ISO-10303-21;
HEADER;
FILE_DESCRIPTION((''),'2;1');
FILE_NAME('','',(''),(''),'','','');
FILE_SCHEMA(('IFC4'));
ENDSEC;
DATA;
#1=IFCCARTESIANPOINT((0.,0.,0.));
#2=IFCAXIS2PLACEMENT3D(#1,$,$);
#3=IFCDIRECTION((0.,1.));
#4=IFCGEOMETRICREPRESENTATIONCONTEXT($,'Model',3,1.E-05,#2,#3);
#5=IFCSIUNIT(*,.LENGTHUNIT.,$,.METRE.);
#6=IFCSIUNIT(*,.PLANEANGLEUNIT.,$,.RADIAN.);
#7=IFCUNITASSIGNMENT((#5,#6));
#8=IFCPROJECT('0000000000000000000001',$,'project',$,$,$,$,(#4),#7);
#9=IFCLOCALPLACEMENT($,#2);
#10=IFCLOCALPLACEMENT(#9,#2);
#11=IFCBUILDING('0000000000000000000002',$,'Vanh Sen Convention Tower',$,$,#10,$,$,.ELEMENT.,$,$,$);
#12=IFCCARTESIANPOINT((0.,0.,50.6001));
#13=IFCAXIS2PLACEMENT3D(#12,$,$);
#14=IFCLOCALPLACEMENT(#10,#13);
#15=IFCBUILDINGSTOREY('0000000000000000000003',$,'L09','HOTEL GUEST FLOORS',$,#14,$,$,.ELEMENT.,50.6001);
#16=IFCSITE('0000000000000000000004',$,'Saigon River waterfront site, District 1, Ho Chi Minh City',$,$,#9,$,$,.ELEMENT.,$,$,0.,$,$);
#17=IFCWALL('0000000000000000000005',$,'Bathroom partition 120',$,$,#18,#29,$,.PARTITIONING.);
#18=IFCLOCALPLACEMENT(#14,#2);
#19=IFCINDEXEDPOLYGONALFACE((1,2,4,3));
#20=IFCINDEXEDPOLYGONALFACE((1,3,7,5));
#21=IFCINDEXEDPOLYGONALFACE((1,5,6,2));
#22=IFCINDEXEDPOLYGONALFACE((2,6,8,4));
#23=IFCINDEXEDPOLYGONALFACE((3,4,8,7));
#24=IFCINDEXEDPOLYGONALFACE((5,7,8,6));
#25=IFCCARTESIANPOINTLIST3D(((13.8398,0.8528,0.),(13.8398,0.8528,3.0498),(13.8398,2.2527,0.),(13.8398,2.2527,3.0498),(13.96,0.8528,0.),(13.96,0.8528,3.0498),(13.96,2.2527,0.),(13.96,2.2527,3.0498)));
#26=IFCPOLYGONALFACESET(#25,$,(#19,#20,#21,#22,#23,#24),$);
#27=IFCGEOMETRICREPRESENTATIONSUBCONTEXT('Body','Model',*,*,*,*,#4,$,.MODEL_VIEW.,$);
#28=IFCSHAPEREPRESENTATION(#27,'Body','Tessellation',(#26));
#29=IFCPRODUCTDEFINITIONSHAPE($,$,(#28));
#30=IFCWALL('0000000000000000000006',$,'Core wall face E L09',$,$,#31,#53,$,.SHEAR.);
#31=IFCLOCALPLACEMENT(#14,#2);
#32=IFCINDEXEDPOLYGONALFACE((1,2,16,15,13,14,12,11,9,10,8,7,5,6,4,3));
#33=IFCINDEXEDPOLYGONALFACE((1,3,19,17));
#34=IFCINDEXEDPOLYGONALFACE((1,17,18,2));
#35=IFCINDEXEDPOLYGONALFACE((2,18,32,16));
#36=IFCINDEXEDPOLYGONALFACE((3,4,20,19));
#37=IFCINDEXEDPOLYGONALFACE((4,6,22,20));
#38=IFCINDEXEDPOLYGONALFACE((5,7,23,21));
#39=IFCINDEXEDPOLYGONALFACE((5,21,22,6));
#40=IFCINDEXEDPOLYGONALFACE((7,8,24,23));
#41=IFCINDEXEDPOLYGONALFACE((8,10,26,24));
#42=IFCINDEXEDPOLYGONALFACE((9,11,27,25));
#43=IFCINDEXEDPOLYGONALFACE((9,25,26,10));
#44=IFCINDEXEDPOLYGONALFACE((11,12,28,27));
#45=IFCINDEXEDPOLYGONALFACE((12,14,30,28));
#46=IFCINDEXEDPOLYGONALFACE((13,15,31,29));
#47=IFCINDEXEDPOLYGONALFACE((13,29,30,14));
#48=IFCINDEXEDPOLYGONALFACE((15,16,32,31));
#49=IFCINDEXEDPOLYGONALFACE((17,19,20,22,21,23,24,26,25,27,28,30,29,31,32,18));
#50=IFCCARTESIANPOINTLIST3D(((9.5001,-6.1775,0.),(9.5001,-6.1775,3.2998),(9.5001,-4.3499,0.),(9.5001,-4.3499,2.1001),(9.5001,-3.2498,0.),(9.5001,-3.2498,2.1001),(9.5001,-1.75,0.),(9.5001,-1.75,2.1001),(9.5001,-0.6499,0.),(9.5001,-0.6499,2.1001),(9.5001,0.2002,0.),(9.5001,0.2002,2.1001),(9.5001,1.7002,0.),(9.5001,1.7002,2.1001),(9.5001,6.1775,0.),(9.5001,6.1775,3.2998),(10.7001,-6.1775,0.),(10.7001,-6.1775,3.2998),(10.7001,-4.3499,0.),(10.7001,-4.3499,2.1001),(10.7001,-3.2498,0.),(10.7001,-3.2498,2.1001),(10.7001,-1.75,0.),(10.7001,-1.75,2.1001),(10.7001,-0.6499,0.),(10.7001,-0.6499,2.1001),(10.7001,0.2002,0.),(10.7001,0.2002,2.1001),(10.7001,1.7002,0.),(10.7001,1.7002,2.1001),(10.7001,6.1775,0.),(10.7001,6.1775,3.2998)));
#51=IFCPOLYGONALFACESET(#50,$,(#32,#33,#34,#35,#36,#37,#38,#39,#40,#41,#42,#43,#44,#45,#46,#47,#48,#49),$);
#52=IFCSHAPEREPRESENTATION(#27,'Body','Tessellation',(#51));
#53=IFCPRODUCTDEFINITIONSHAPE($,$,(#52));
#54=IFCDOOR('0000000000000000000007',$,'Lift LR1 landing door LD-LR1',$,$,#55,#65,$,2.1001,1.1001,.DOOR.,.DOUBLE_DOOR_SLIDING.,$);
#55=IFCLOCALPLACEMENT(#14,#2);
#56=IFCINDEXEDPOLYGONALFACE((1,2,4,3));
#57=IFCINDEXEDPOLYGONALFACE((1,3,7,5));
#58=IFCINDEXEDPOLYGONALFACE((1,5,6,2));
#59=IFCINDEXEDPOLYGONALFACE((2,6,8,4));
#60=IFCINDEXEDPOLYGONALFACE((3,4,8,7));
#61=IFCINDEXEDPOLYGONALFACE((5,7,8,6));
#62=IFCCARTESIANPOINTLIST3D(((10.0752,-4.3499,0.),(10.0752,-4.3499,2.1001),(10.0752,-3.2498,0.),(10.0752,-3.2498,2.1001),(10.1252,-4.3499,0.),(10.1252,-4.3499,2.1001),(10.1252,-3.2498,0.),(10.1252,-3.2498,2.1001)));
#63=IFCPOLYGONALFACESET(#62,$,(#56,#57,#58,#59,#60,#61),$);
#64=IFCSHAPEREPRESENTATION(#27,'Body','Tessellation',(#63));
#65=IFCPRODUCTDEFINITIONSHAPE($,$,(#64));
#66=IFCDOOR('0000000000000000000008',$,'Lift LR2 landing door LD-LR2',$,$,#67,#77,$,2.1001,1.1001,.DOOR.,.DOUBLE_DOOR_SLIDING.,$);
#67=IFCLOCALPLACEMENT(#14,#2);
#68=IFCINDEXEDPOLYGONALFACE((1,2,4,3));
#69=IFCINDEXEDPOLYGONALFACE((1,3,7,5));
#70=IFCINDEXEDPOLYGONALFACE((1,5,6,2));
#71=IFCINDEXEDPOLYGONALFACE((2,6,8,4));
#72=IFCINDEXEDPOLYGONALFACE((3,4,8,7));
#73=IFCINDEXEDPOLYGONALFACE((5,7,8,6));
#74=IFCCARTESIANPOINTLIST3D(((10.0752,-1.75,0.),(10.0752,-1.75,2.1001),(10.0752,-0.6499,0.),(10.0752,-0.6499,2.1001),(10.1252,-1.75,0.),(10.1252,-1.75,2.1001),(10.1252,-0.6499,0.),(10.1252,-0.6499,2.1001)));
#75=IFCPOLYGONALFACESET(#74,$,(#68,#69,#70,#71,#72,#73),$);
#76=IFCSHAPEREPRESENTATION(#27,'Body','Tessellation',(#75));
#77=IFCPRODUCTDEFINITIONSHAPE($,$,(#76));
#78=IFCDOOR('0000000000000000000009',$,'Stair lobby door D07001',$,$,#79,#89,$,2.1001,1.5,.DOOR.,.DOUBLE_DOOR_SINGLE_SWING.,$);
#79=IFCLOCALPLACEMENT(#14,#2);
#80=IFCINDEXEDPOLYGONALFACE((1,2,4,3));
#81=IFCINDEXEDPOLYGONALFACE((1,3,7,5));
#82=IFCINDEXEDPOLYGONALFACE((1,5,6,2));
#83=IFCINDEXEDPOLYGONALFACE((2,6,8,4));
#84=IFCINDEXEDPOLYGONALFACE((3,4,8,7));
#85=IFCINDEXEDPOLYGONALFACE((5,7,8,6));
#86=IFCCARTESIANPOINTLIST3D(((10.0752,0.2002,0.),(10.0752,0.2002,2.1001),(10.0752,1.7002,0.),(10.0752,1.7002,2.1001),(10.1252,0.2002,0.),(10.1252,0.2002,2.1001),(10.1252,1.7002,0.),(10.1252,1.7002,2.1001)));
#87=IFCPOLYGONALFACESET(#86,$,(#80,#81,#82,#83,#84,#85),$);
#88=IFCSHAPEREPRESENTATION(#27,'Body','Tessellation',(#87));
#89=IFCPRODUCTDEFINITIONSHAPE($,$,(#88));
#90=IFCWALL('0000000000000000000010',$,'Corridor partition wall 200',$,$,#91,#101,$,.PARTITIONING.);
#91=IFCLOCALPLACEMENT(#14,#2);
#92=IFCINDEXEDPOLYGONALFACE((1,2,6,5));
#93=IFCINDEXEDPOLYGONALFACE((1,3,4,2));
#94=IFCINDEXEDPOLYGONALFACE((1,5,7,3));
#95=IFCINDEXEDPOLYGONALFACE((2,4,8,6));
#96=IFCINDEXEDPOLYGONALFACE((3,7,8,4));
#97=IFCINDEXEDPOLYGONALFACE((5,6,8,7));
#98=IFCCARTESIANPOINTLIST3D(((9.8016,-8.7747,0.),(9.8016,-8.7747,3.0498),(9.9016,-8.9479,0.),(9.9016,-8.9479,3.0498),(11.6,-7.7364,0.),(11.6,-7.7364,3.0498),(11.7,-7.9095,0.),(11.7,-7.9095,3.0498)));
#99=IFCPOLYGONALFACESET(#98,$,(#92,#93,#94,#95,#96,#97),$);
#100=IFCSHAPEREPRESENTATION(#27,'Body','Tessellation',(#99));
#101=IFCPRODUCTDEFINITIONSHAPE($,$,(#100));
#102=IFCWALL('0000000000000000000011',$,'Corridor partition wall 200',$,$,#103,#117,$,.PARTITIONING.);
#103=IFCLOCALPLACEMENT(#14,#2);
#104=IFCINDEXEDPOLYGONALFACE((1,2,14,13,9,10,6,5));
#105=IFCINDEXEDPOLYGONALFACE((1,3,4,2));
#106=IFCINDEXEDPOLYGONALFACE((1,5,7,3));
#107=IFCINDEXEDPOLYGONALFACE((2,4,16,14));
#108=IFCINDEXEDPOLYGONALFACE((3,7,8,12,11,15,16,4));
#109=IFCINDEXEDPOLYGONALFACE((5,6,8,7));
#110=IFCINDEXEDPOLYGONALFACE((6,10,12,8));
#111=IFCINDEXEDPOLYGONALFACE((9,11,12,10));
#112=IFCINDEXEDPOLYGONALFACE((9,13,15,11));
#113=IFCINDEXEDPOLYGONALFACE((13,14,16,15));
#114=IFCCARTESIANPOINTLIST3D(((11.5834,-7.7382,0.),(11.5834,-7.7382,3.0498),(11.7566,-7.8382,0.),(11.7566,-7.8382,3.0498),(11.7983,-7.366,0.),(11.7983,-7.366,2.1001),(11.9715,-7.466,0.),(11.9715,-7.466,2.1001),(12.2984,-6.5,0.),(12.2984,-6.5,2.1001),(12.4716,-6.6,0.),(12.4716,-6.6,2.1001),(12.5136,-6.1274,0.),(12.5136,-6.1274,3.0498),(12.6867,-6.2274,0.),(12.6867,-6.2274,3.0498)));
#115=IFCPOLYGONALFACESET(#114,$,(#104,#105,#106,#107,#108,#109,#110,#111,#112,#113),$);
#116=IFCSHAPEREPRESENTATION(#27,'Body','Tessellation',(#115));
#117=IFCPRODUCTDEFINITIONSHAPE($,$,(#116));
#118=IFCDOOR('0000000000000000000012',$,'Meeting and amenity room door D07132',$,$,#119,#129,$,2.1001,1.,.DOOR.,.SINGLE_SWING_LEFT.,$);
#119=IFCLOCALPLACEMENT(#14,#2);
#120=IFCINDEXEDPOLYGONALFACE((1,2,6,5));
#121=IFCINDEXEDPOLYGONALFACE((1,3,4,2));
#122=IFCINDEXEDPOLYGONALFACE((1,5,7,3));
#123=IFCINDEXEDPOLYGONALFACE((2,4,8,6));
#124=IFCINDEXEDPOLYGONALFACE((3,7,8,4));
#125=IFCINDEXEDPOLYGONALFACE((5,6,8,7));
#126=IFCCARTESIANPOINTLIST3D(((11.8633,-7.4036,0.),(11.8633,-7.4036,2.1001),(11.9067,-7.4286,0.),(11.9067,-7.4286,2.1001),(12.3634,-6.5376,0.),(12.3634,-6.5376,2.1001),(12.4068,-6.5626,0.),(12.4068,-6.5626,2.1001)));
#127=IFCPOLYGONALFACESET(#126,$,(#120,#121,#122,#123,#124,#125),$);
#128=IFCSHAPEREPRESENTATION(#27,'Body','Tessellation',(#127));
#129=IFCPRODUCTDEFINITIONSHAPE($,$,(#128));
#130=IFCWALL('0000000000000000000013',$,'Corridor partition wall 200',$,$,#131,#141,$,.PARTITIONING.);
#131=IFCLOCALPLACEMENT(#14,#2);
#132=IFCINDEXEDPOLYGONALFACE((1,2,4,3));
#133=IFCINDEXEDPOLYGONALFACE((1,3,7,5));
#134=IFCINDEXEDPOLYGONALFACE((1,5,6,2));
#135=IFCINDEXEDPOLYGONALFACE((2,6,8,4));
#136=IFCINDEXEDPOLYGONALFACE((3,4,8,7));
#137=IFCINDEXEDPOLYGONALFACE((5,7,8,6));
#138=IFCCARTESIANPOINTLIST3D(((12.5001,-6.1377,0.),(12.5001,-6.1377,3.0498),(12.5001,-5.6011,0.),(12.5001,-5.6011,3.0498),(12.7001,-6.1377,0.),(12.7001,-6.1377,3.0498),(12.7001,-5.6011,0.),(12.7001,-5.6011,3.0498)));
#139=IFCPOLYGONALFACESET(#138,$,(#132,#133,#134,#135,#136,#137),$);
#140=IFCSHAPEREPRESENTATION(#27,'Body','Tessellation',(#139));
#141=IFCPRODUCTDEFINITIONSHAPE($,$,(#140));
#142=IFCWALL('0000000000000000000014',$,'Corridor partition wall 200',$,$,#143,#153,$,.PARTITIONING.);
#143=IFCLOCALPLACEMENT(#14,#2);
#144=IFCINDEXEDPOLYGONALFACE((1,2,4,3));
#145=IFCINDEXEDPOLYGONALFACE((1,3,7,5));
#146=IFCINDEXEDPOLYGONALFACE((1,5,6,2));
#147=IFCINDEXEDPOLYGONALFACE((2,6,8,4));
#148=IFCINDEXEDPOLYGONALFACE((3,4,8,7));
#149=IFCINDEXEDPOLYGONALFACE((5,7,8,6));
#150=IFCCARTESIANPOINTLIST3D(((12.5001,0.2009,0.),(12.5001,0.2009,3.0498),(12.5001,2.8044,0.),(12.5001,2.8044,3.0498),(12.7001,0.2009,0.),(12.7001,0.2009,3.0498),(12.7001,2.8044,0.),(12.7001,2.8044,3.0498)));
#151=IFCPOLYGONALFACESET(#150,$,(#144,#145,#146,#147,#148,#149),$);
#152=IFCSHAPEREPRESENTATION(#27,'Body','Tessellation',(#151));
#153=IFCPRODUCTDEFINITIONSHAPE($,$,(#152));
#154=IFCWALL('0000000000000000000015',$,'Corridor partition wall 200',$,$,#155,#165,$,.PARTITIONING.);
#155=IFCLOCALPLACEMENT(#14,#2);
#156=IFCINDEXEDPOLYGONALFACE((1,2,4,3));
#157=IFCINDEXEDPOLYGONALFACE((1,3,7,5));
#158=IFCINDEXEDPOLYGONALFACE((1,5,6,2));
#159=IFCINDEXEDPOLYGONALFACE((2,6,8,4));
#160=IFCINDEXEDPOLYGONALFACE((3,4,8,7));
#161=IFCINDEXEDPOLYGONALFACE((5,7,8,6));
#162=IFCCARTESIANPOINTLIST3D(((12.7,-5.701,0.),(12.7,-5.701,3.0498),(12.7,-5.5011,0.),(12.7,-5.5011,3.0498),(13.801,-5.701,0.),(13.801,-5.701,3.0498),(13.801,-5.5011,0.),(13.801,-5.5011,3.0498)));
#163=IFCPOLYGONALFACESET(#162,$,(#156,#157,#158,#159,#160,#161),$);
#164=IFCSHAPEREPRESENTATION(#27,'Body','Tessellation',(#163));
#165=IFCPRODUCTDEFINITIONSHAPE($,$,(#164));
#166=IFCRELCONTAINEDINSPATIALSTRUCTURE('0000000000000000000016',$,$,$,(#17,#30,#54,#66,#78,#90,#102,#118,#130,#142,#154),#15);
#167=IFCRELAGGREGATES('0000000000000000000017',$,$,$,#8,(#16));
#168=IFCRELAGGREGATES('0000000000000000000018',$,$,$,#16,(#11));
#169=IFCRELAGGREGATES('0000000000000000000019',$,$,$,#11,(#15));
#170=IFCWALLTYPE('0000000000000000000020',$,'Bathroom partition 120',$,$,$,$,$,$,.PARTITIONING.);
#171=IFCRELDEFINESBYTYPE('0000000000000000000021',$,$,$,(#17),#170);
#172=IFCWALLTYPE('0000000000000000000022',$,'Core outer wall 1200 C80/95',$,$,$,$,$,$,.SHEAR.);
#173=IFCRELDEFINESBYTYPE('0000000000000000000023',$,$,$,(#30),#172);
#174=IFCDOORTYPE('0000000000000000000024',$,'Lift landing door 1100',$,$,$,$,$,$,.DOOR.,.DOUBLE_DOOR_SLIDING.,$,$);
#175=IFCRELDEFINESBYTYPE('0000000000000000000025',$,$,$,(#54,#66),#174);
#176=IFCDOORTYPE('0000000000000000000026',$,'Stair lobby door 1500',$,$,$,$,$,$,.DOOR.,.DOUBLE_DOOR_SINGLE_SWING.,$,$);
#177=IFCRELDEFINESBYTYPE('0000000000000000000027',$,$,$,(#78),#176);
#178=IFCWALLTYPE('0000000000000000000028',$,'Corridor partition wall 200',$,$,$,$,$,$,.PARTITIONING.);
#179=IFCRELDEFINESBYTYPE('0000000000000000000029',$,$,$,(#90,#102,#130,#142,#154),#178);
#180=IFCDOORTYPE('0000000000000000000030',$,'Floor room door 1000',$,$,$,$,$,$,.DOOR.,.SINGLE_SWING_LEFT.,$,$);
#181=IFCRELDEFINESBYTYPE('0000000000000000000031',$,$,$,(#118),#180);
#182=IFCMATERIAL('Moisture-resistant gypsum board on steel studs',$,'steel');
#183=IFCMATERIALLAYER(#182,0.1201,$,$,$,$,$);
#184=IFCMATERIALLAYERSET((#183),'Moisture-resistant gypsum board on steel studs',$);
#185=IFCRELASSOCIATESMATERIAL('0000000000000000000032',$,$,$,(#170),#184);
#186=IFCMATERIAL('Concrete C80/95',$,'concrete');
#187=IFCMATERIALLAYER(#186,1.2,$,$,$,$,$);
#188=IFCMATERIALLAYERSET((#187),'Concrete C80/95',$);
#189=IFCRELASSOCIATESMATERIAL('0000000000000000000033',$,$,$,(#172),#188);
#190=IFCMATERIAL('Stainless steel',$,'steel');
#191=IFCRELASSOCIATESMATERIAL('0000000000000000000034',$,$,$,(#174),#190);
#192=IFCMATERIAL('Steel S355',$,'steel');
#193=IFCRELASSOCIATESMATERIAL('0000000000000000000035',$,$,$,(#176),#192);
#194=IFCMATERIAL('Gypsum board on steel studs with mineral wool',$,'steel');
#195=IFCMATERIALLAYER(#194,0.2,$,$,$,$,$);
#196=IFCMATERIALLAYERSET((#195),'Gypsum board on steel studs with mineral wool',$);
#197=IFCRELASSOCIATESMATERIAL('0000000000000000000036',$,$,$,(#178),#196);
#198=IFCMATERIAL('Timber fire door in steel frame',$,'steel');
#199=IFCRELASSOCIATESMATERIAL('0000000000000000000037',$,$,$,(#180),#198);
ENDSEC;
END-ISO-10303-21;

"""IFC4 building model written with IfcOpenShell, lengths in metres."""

from ifc_helpers import new_model, si_unit, direction, frame, frame_2d, origin, place, context, subcontext, project, spatial, rectangle, extrude, material, layer, layer_set, type_object, element, fill, save


model = new_model("IFC4")

# Units and contexts
model_context = context("Model", 3, precision=1e-05, world=origin(), true_north=direction((0.0, 1.0)))
body_context = subcontext(model_context, "Body", "Model", "MODEL_VIEW")
ifc_project = project(units=[si_unit("LENGTHUNIT", "METRE"), si_unit("PLANEANGLEUNIT", "RADIAN")], contexts=[model_context])

# Site, building, storey
site_placement = place(None, origin())
site = spatial("IfcSite", under=ifc_project, at=site_placement, Name="Saigon River waterfront site, District 1, Ho Chi Minh City", CompositionType="ELEMENT", RefElevation=0.0)
building_placement = place(site_placement, origin())
building = spatial("IfcBuilding", under=site, at=building_placement, Name="Vanh Sen Convention Tower", CompositionType="ELEMENT")
storey_placement = place(building_placement, frame((0.0, 0.0, 50.6001)))
storey = spatial("IfcBuildingStorey", under=building, at=storey_placement, Name="L09", Description="HOTEL GUEST FLOORS", CompositionType="ELEMENT", Elevation=50.6001)

# Wall
ifc_material_1 = material(Name="Moisture-resistant gypsum board on steel studs", Category="steel")
ifc_layer_1 = layer(ifc_material_1, 0.1201)
ifc_layer_set_1 = layer_set([ifc_layer_1], Name="Moisture-resistant gypsum board on steel studs")
wall_type_1 = type_object("IfcWallType", Name="Bathroom partition 120", PredefinedType="PARTITIONING", material=ifc_layer_set_1)
wall_1_placement = place(storey_placement, frame((13.8999, 0.8528, 0.0), z_axis=(0.0, 0.0, 1.0), x_axis=(0.0, 1.0, 0.0)))
element("IfcWall", 1, at=wall_1_placement, inside=storey, type_object=wall_type_1, Name="Bathroom partition 120", PredefinedType="PARTITIONING", context=body_context, shape_type="SweptSolid", body=[
    extrude(rectangle(XDim=1.3999, YDim=0.1201, at=frame_2d((0.7, 0.0))), origin(), (0.0, 0.0, 1.0), 3.0498),
])

# Wall, openings, doors
ifc_material_2 = material(Name="Concrete C80/95", Category="concrete")
ifc_layer_2 = layer(ifc_material_2, 1.2)
ifc_layer_set_2 = layer_set([ifc_layer_2], Name="Concrete C80/95")
wall_type_2 = type_object("IfcWallType", Name="Core outer wall 1200 C80/95", PredefinedType="SHEAR", material=ifc_layer_set_2)
wall_2_placement = place(storey_placement, frame((10.1001, -6.1775, 0.0), z_axis=(0.0, 0.0, 1.0), x_axis=(0.0, 1.0, 0.0)))
wall_2 = element("IfcWall", 2, at=wall_2_placement, inside=storey, type_object=wall_type_2, Name="Core wall face E L09", PredefinedType="SHEAR", context=body_context, shape_type="SweptSolid", body=[
    extrude(rectangle(XDim=12.355, YDim=1.2, at=frame_2d((6.1775, 0.0))), origin(), (0.0, 0.0, 1.0), 3.2998),
])
opening_1_placement = place(wall_2_placement, frame((6.3777, 0.0, 0.0)))
opening_1 = element("IfcOpeningElement", 3, at=opening_1_placement, cuts=wall_2, PredefinedType="OPENING", context=body_context, shape_type="SweptSolid", body=[
    extrude(rectangle(XDim=1.5, YDim=2.1001, at=frame_2d((0.75, 1.05))), frame((0.0, 0.6099, 0.0), z_axis=(0.0, -1.0, 0.0), x_axis=(1.0, 0.0, 0.0)), (0.0, 0.0, 1.0), 1.22),
])
opening_2_placement = place(wall_2_placement, frame((1.8276, 0.0, 0.0)))
opening_2 = element("IfcOpeningElement", 4, at=opening_2_placement, cuts=wall_2, PredefinedType="OPENING", context=body_context, shape_type="SweptSolid", body=[
    extrude(rectangle(XDim=1.1001, YDim=2.1001, at=frame_2d((0.55, 1.05))), frame((0.0, 0.6099, 0.0), z_axis=(0.0, -1.0, 0.0), x_axis=(1.0, 0.0, 0.0)), (0.0, 0.0, 1.0), 1.22),
])
opening_3_placement = place(wall_2_placement, frame((4.4275, 0.0, 0.0)))
opening_3 = element("IfcOpeningElement", 5, at=opening_3_placement, cuts=wall_2, PredefinedType="OPENING", context=body_context, shape_type="SweptSolid", body=[
    extrude(rectangle(XDim=1.1001, YDim=2.1001, at=frame_2d((0.55, 1.05))), frame((0.0, 0.6099, 0.0), z_axis=(0.0, -1.0, 0.0), x_axis=(1.0, 0.0, 0.0)), (0.0, 0.0, 1.0), 1.22),
])
ifc_material_3 = material(Name="Stainless steel", Category="steel")
door_type_1 = type_object("IfcDoorType", Name="Lift landing door 1100", OperationType="DOUBLE_DOOR_SLIDING", PredefinedType="DOOR", material=ifc_material_3)
door_1_placement = place(opening_2_placement, origin())
door_1 = element("IfcDoor", 6, at=door_1_placement, inside=storey, type_object=door_type_1, Name="Lift LR1 landing door LD-LR1", OperationType="DOUBLE_DOOR_SLIDING", OverallHeight=2.1001, OverallWidth=1.1001, PredefinedType="DOOR", context=body_context, shape_type="SweptSolid", body=[
    extrude(rectangle(XDim=1.1001, YDim=2.1001, at=frame_2d((0.55, 1.05))), frame((0.0, 0.0249, 0.0), z_axis=(0.0, -1.0, 0.0), x_axis=(1.0, 0.0, 0.0)), (0.0, 0.0, 1.0), 0.05),
])
fill(opening_2, door_1)
door_2_placement = place(opening_3_placement, origin())
door_2 = element("IfcDoor", 7, at=door_2_placement, inside=storey, type_object=door_type_1, Name="Lift LR2 landing door LD-LR2", OperationType="DOUBLE_DOOR_SLIDING", OverallHeight=2.1001, OverallWidth=1.1001, PredefinedType="DOOR", context=body_context, shape_type="SweptSolid", body=[
    extrude(rectangle(XDim=1.1001, YDim=2.1001, at=frame_2d((0.55, 1.05))), frame((0.0, 0.0249, 0.0), z_axis=(0.0, -1.0, 0.0), x_axis=(1.0, 0.0, 0.0)), (0.0, 0.0, 1.0), 0.05),
])
fill(opening_3, door_2)
ifc_material_4 = material(Name="Steel S355", Category="steel")
door_type_2 = type_object("IfcDoorType", Name="Stair lobby door 1500", OperationType="DOUBLE_DOOR_SINGLE_SWING", PredefinedType="DOOR", material=ifc_material_4)
door_3_placement = place(opening_1_placement, origin())
door_3 = element("IfcDoor", 8, at=door_3_placement, inside=storey, type_object=door_type_2, Name="Stair lobby door D07001", OperationType="DOUBLE_DOOR_SINGLE_SWING", OverallHeight=2.1001, OverallWidth=1.5, PredefinedType="DOOR", context=body_context, shape_type="SweptSolid", body=[
    extrude(rectangle(XDim=1.5, YDim=2.1001, at=frame_2d((0.75, 1.05))), frame((0.0, 0.0249, 0.0), z_axis=(0.0, -1.0, 0.0), x_axis=(1.0, 0.0, 0.0)), (0.0, 0.0, 1.0), 0.05),
])
fill(opening_1, door_3)

# Wall
ifc_material_5 = material(Name="Gypsum board on steel studs with mineral wool", Category="steel")
ifc_layer_3 = layer(ifc_material_5, 0.2)
ifc_layer_set_3 = layer_set([ifc_layer_3], Name="Gypsum board on steel studs with mineral wool")
wall_type_3 = type_object("IfcWallType", Name="Corridor partition wall 200", PredefinedType="PARTITIONING", material=ifc_layer_set_3)
wall_3_placement = place(storey_placement, frame((9.8516, -8.8613, 0.0), z_axis=(0.0, 0.0, 1.0), x_axis=(0.866013, 0.500021, 0.0)))
element("IfcWall", 9, at=wall_3_placement, inside=storey, type_object=wall_type_3, Name="Corridor partition wall 200", PredefinedType="PARTITIONING", context=body_context, shape_type="SweptSolid", body=[
    extrude(rectangle(XDim=2.0767, YDim=0.2, at=frame_2d((1.0383, 0.0))), origin(), (0.0, 0.0, 1.0), 3.0498),
])

# Wall, opening, door
wall_4_placement = place(storey_placement, frame((11.6699, -7.7883, 0.0), z_axis=(0.0, 0.0, 1.0), x_axis=(0.500063, 0.865989, 0.0)))
wall_4 = element("IfcWall", 10, at=wall_4_placement, inside=storey, type_object=wall_type_3, Name="Corridor partition wall 200", PredefinedType="PARTITIONING", context=body_context, shape_type="SweptSolid", body=[
    extrude(rectangle(XDim=1.8601, YDim=0.2, at=frame_2d((0.9302, 0.0))), origin(), (0.0, 0.0, 1.0), 3.0498),
])
opening_4_placement = place(wall_4_placement, frame((0.4299, 0.0, 0.0)))
opening_4 = element("IfcOpeningElement", 11, at=opening_4_placement, cuts=wall_4, PredefinedType="OPENING", context=body_context, shape_type="SweptSolid", body=[
    extrude(rectangle(XDim=1.0, YDim=2.1001, at=frame_2d((0.5, 1.05))), frame((0.0, 0.1099, 0.0), z_axis=(0.0, -1.0, 0.0), x_axis=(1.0, 0.0, 0.0)), (0.0, 0.0, 1.0), 0.22),
])
ifc_material_6 = material(Name="Timber fire door in steel frame", Category="steel")
door_type_3 = type_object("IfcDoorType", Name="Floor room door 1000", OperationType="SINGLE_SWING_LEFT", PredefinedType="DOOR", material=ifc_material_6)
door_4_placement = place(opening_4_placement, origin())
door_4 = element("IfcDoor", 12, at=door_4_placement, inside=storey, type_object=door_type_3, Name="Meeting and amenity room door D07132", OperationType="SINGLE_SWING_LEFT", OverallHeight=2.1001, OverallWidth=1.0, PredefinedType="DOOR", context=body_context, shape_type="SweptSolid", body=[
    extrude(rectangle(XDim=1.0, YDim=2.1001, at=frame_2d((0.5, 1.05))), frame((0.0, 0.0249, 0.0), z_axis=(0.0, -1.0, 0.0), x_axis=(1.0, 0.0, 0.0)), (0.0, 0.0, 1.0), 0.05),
])
fill(opening_4, door_4)

# Walls
wall_5_placement = place(storey_placement, frame((12.6001, -6.1377, 0.0), z_axis=(0.0, 0.0, 1.0), x_axis=(0.0, 1.0, 0.0)))
element("IfcWall", 13, at=wall_5_placement, inside=storey, type_object=wall_type_3, Name="Corridor partition wall 200", PredefinedType="PARTITIONING", context=body_context, shape_type="SweptSolid", body=[
    extrude(rectangle(XDim=0.5366, YDim=0.2, at=frame_2d((0.2683, 0.0))), origin(), (0.0, 0.0, 1.0), 3.0498),
])
wall_6_placement = place(storey_placement, frame((12.6001, 0.2009, 0.0), z_axis=(0.0, 0.0, 1.0), x_axis=(0.0, 1.0, 0.0)))
element("IfcWall", 14, at=wall_6_placement, inside=storey, type_object=wall_type_3, Name="Corridor partition wall 200", PredefinedType="PARTITIONING", context=body_context, shape_type="SweptSolid", body=[
    extrude(rectangle(XDim=2.6035, YDim=0.2, at=frame_2d((1.3018, 0.0))), origin(), (0.0, 0.0, 1.0), 3.0498),
])
wall_7_placement = place(storey_placement, frame((12.7, -5.6011, 0.0), z_axis=(0.0, 0.0, 1.0), x_axis=(1.0, 0.0, 0.0)))
element("IfcWall", 15, at=wall_7_placement, inside=storey, type_object=wall_type_3, Name="Corridor partition wall 200", PredefinedType="PARTITIONING", context=body_context, shape_type="SweptSolid", body=[
    extrude(rectangle(XDim=1.1011, YDim=0.2, at=frame_2d((0.5505, 0.0))), origin(), (0.0, 0.0, 1.0), 3.0498),
])

save(model, "model.ifc")
